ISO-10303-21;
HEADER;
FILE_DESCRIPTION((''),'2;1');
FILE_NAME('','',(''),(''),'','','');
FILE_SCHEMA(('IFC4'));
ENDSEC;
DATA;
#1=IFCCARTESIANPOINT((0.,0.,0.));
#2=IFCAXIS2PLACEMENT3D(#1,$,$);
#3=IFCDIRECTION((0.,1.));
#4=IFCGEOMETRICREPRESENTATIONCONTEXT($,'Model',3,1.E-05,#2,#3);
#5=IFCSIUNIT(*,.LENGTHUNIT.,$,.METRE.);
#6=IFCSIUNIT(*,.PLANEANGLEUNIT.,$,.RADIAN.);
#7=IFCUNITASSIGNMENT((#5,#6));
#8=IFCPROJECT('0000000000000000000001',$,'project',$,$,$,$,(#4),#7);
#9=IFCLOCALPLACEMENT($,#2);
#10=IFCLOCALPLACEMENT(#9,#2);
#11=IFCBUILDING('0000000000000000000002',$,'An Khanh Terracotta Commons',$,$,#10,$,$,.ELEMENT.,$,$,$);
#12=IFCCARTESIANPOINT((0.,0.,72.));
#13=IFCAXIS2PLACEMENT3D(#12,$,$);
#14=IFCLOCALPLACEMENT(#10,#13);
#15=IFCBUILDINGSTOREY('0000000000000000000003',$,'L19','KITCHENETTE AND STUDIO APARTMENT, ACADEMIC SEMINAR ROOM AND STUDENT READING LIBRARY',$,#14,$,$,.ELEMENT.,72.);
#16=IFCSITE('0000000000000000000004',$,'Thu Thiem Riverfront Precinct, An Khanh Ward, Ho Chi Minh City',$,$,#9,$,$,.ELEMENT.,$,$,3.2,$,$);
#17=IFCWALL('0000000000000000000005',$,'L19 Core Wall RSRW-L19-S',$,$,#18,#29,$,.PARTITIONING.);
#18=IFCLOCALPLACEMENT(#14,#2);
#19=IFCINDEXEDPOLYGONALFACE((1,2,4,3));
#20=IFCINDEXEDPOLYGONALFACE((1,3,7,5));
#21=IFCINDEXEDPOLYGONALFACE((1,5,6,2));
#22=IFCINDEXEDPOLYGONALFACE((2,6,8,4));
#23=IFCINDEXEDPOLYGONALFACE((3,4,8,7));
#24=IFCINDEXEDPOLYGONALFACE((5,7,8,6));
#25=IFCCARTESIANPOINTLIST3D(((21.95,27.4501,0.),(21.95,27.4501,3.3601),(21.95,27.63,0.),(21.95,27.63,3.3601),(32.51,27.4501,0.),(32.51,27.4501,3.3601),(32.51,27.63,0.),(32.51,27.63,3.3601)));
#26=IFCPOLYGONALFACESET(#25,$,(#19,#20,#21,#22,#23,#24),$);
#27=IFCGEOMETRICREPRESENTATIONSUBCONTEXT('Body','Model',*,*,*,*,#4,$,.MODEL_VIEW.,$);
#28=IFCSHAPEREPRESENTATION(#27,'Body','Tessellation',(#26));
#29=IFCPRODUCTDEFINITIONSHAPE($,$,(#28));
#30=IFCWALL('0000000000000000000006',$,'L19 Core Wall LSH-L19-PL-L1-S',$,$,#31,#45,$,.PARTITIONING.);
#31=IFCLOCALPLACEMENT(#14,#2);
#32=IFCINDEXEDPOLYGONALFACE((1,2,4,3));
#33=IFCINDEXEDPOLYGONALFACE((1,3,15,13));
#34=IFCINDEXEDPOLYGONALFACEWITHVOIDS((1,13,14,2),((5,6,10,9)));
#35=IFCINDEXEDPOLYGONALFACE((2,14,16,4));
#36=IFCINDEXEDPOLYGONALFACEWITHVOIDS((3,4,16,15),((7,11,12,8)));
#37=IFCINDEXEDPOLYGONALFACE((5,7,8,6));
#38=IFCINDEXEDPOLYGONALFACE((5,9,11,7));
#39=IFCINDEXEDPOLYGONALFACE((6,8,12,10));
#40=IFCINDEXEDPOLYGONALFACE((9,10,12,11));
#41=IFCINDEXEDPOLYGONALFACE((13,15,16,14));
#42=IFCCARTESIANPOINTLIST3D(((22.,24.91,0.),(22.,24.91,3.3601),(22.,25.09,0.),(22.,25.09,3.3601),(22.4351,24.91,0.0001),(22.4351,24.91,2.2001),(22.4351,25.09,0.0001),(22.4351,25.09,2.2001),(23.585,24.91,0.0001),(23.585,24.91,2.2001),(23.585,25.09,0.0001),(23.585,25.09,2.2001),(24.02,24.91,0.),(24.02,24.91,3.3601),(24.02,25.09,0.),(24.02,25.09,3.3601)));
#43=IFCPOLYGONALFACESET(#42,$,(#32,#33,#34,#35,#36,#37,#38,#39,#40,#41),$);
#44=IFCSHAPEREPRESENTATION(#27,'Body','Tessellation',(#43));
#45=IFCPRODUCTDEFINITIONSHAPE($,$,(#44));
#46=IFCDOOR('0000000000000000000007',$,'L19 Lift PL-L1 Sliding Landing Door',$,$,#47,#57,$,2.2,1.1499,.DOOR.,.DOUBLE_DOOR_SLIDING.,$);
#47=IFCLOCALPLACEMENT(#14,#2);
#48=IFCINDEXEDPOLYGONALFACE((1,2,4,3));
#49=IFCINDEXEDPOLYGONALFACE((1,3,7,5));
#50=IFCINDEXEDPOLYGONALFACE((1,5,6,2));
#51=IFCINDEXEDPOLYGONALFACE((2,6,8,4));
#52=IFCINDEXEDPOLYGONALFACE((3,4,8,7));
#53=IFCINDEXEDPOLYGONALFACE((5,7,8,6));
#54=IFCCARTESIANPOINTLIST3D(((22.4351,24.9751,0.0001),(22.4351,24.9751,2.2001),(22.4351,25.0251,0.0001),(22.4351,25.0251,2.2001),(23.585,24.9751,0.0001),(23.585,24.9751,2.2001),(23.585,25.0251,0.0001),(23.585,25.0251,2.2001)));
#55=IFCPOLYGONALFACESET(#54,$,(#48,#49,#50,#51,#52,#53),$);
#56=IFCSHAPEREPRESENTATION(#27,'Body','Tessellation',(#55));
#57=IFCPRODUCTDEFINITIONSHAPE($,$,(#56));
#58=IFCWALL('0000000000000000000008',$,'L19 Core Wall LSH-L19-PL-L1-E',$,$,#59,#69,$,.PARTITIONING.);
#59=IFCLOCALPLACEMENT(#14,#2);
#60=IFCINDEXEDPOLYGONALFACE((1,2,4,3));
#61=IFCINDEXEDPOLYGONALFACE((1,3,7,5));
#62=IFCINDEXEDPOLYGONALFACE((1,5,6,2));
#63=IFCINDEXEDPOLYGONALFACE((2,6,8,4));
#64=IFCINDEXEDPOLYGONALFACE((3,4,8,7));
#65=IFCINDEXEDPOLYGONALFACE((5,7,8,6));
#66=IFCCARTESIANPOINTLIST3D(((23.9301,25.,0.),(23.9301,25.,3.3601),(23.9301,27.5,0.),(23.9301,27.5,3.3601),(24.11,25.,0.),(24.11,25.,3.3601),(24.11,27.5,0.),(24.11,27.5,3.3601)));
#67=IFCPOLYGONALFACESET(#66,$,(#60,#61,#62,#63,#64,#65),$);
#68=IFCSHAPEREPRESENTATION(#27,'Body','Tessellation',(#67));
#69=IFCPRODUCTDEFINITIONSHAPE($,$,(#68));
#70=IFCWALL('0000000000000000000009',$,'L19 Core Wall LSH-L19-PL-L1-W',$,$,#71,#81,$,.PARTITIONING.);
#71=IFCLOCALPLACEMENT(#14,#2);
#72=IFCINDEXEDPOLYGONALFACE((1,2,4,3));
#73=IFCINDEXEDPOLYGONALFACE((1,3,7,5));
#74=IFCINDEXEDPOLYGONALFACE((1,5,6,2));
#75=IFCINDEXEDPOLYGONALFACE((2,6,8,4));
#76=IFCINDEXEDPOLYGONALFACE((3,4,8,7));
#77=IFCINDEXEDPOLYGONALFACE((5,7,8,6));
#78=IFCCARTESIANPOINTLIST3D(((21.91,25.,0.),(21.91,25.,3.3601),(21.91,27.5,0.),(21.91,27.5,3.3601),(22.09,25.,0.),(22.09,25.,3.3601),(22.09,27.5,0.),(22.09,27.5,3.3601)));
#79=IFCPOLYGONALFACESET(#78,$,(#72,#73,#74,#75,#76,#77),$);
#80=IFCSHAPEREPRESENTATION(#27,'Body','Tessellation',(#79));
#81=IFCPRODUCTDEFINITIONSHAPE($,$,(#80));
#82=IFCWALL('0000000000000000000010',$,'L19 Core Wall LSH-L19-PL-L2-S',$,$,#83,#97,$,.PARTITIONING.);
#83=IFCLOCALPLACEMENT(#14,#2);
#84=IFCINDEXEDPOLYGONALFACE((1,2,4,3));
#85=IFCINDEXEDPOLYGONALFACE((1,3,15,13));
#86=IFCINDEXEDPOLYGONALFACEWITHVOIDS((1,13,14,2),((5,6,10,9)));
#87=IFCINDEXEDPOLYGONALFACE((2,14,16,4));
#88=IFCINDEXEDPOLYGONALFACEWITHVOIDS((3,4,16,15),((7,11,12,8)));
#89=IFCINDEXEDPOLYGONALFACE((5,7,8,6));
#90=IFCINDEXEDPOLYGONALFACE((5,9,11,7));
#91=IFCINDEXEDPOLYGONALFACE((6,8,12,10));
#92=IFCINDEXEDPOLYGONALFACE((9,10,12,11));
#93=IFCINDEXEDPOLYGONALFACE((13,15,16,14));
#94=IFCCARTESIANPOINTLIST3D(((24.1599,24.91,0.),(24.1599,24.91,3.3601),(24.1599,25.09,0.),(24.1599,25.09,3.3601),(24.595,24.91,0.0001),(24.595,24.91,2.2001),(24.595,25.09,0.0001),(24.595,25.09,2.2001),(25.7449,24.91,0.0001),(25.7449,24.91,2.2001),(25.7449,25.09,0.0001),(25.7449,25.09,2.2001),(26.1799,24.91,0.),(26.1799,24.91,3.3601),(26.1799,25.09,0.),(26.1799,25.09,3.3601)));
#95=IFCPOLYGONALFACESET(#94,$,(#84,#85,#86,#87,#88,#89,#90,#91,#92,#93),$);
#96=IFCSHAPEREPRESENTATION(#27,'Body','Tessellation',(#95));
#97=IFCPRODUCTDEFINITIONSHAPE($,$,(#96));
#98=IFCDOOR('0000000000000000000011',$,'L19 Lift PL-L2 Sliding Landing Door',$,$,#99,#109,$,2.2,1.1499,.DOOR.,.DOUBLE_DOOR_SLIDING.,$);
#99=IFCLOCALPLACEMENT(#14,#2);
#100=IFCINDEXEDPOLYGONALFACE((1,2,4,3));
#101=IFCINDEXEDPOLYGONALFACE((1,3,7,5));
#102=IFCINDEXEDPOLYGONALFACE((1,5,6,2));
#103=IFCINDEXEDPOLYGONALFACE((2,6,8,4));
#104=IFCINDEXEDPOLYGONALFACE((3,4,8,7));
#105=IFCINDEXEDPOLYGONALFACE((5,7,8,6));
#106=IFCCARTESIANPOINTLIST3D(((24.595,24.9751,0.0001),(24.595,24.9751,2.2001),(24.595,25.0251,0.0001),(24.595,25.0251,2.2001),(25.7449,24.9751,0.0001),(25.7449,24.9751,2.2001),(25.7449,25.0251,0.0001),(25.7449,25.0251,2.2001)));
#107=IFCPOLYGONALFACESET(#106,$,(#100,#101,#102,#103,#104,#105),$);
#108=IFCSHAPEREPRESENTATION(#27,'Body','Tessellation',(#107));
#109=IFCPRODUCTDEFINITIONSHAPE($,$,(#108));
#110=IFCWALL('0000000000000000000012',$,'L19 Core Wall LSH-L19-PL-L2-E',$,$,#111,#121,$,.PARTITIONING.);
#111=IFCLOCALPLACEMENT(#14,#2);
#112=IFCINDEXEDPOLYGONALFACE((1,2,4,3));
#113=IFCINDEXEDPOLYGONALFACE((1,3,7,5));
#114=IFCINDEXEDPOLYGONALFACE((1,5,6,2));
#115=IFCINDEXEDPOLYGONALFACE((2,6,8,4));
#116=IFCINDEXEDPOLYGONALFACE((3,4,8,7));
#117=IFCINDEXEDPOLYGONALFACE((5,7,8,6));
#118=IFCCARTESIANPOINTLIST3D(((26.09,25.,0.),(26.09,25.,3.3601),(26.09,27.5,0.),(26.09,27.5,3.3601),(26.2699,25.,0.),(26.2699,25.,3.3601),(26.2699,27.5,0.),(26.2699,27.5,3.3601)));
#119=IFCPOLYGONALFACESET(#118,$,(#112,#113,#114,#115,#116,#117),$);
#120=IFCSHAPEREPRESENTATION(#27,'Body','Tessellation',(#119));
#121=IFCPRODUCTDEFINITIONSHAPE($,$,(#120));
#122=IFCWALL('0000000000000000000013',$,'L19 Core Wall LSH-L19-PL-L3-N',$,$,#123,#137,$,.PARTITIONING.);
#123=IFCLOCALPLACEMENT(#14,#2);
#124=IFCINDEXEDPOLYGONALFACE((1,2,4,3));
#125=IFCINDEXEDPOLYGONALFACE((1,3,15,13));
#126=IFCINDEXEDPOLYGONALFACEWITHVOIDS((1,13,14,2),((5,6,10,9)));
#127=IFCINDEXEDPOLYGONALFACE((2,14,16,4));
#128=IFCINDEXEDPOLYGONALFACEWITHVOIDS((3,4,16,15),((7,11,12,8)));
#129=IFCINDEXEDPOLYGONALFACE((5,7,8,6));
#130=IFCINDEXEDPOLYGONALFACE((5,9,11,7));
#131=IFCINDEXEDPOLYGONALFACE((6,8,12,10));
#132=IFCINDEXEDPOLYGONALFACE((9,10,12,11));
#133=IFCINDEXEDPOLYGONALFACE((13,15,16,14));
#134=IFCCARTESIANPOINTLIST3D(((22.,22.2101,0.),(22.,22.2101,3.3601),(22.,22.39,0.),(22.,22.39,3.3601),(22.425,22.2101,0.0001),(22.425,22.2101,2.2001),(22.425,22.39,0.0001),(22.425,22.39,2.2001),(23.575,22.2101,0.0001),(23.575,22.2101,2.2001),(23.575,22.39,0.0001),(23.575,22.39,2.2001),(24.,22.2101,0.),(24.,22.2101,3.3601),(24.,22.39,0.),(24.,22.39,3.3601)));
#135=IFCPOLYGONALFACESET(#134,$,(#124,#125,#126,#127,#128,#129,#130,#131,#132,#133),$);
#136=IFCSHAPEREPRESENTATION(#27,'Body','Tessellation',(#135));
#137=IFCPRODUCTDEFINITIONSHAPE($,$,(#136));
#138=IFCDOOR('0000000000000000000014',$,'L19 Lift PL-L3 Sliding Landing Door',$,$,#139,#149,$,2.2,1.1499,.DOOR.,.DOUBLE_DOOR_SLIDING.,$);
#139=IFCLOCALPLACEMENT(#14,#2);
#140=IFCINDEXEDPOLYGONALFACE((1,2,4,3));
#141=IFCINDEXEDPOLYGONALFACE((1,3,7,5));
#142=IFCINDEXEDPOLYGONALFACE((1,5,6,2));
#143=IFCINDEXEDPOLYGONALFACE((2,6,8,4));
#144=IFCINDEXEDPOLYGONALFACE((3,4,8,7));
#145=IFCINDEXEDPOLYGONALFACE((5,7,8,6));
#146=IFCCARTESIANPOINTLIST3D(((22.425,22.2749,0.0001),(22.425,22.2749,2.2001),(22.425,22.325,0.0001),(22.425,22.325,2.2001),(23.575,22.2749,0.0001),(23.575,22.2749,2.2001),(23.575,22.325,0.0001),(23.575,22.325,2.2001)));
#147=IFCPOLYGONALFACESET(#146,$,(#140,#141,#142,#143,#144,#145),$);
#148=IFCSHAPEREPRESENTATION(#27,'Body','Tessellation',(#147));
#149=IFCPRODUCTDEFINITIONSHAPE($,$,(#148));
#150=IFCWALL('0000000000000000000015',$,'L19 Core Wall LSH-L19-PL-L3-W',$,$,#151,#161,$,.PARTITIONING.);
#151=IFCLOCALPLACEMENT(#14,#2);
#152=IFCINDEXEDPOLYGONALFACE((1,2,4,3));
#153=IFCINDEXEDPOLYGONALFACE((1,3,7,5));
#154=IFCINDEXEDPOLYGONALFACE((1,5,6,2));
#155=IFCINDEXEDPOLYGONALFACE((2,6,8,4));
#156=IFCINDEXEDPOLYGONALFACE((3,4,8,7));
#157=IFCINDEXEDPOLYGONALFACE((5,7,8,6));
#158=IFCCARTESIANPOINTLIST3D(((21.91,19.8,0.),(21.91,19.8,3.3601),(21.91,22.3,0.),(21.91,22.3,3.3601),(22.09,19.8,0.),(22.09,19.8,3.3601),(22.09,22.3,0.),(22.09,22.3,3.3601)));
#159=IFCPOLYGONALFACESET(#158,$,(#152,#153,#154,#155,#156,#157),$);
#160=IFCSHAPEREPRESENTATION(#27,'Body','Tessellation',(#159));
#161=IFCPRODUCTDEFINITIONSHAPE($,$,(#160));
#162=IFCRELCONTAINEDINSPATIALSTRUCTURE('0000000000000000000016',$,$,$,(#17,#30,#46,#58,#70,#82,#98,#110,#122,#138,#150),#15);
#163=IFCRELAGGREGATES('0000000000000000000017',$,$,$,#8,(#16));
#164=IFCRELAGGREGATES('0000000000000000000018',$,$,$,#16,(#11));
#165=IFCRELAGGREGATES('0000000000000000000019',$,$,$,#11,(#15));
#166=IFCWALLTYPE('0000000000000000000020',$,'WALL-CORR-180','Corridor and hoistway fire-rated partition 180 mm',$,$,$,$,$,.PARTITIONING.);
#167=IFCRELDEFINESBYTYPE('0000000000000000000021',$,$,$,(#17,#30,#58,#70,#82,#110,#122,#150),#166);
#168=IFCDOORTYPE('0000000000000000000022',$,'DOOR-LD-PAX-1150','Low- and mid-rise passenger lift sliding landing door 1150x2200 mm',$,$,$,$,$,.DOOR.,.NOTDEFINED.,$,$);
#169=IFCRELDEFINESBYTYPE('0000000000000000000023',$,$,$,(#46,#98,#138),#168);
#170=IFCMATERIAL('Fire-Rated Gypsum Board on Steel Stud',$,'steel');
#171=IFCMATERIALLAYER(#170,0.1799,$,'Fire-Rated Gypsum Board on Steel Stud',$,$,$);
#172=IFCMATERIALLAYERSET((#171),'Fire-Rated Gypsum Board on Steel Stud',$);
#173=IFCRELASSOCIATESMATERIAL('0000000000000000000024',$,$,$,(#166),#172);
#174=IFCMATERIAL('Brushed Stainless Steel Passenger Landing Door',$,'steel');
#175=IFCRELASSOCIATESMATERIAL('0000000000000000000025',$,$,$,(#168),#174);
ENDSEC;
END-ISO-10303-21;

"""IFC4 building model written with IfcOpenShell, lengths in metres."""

from ifc_helpers import new_model, si_unit, direction, frame, frame_2d, origin, place, context, subcontext, project, spatial, rectangle, extrude, material, layer, layer_set, type_object, element, fill, save


model = new_model("IFC4")

# Units and contexts
model_context = context("Model", 3, precision=1e-05, world=origin(), true_north=direction((0.0, 1.0)))
body_context = subcontext(model_context, "Body", "Model", "MODEL_VIEW")
ifc_project = project(units=[si_unit("LENGTHUNIT", "METRE"), si_unit("PLANEANGLEUNIT", "RADIAN")], contexts=[model_context])

# Site, building, storey
site_placement = place(None, origin())
site = spatial("IfcSite", under=ifc_project, at=site_placement, Name="Thu Thiem Riverfront Precinct, An Khanh Ward, Ho Chi Minh City", CompositionType="ELEMENT", RefElevation=3.2)
building_placement = place(site_placement, origin())
building = spatial("IfcBuilding", under=site, at=building_placement, Name="An Khanh Terracotta Commons", CompositionType="ELEMENT")
storey_placement = place(building_placement, frame((0.0, 0.0, 72.0)))
storey = spatial("IfcBuildingStorey", under=building, at=storey_placement, Name="L19", Description="KITCHENETTE AND STUDIO APARTMENT, ACADEMIC SEMINAR ROOM AND STUDENT READING LIBRARY", CompositionType="ELEMENT", Elevation=72.0)

# Wall
ifc_material_1 = material(Name="Fire-Rated Gypsum Board on Steel Stud", Category="steel")
ifc_layer_1 = layer(ifc_material_1, 0.1799, Name="Fire-Rated Gypsum Board on Steel Stud")
ifc_layer_set_1 = layer_set([ifc_layer_1], Name="Fire-Rated Gypsum Board on Steel Stud")
wall_type_1 = type_object("IfcWallType", Name="WALL-CORR-180", Description="Corridor and hoistway fire-rated partition 180 mm", PredefinedType="PARTITIONING", material=ifc_layer_set_1)
wall_1_placement = place(storey_placement, frame((21.95, 27.54, 0.0), z_axis=(0.0, 0.0, 1.0), x_axis=(1.0, 0.0, 0.0)))
element("IfcWall", 1, at=wall_1_placement, inside=storey, type_object=wall_type_1, Name="L19 Core Wall RSRW-L19-S", PredefinedType="PARTITIONING", context=body_context, shape_type="SweptSolid", body=[
    extrude(rectangle(XDim=10.5601, YDim=0.1799, at=frame_2d((5.28, 0.0))), origin(), (0.0, 0.0, 1.0), 3.3601),
])

# Wall, opening, door
wall_2_placement = place(storey_placement, frame((24.02, 25.0, 0.0), z_axis=(0.0, 0.0, 1.0), x_axis=(-1.0, 0.0, 0.0)))
wall_2 = element("IfcWall", 2, at=wall_2_placement, inside=storey, type_object=wall_type_1, Name="L19 Core Wall LSH-L19-PL-L1-S", PredefinedType="PARTITIONING", context=body_context, shape_type="SweptSolid", body=[
    extrude(rectangle(XDim=2.02, YDim=0.1799, at=frame_2d((1.01, 0.0))), origin(), (0.0, 0.0, 1.0), 3.3601),
])
opening_1_placement = place(wall_2_placement, frame((0.4351, 0.0, 0.0)))
opening_1 = element("IfcOpeningElement", 3, at=opening_1_placement, cuts=wall_2, PredefinedType="OPENING", context=body_context, shape_type="SweptSolid", body=[
    extrude(rectangle(XDim=1.1499, YDim=2.2, at=frame_2d((0.575, 1.1001))), frame((0.0, 0.0999, 0.0), z_axis=(0.0, -1.0, 0.0), x_axis=(1.0, 0.0, 0.0)), (0.0, 0.0, 1.0), 0.2),
])
ifc_material_2 = material(Name="Brushed Stainless Steel Passenger Landing Door", Category="steel")
door_type_1 = type_object("IfcDoorType", Name="DOOR-LD-PAX-1150", Description="Low- and mid-rise passenger lift sliding landing door 1150x2200 mm", OperationType="NOTDEFINED", PredefinedType="DOOR", material=ifc_material_2)
door_1_placement = place(opening_1_placement, origin())
door_1 = element("IfcDoor", 4, at=door_1_placement, inside=storey, type_object=door_type_1, Name="L19 Lift PL-L1 Sliding Landing Door", OperationType="DOUBLE_DOOR_SLIDING", OverallHeight=2.2, OverallWidth=1.1499, PredefinedType="DOOR", context=body_context, shape_type="SweptSolid", body=[
    extrude(rectangle(XDim=1.1499, YDim=2.2, at=frame_2d((0.575, 1.1001))), frame((0.0, 0.0249, 0.0), z_axis=(0.0, -1.0, 0.0), x_axis=(1.0, 0.0, 0.0)), (0.0, 0.0, 1.0), 0.05),
])
fill(opening_1, door_1)

# Walls
for number, where, z_axis, x_axis, name in (
    (5, (24.02, 25.0, 0.0), (0.0, 0.0, 1.0), (0.0, 1.0, 0.0), "L19 Core Wall LSH-L19-PL-L1-E"),
    (6, (22.0, 27.5, 0.0), (0.0, 0.0, 1.0), (0.0, -1.0, 0.0), "L19 Core Wall LSH-L19-PL-L1-W"),
):
    element("IfcWall", number, at=place(storey_placement, frame(where, z_axis=z_axis, x_axis=x_axis)), inside=storey, type_object=wall_type_1, Name=name, PredefinedType="PARTITIONING", context=body_context, shape_type="SweptSolid", body=[
        extrude(rectangle(XDim=2.5, YDim=0.1799, at=frame_2d((1.25, 0.0))), origin(), (0.0, 0.0, 1.0), 3.3601),
    ])

# Wall, opening, door
wall_3_placement = place(storey_placement, frame((26.1799, 25.0, 0.0), z_axis=(0.0, 0.0, 1.0), x_axis=(-1.0, 0.0, 0.0)))
wall_3 = element("IfcWall", 7, at=wall_3_placement, inside=storey, type_object=wall_type_1, Name="L19 Core Wall LSH-L19-PL-L2-S", PredefinedType="PARTITIONING", context=body_context, shape_type="SweptSolid", body=[
    extrude(rectangle(XDim=2.02, YDim=0.1799, at=frame_2d((1.01, 0.0))), origin(), (0.0, 0.0, 1.0), 3.3601),
])
opening_2_placement = place(wall_3_placement, frame((0.4351, 0.0, 0.0)))
opening_2 = element("IfcOpeningElement", 8, at=opening_2_placement, cuts=wall_3, PredefinedType="OPENING", context=body_context, shape_type="SweptSolid", body=[
    extrude(rectangle(XDim=1.1499, YDim=2.2, at=frame_2d((0.575, 1.1001))), frame((0.0, 0.0999, 0.0), z_axis=(0.0, -1.0, 0.0), x_axis=(1.0, 0.0, 0.0)), (0.0, 0.0, 1.0), 0.2),
])
door_2_placement = place(opening_2_placement, origin())
door_2 = element("IfcDoor", 9, at=door_2_placement, inside=storey, type_object=door_type_1, Name="L19 Lift PL-L2 Sliding Landing Door", OperationType="DOUBLE_DOOR_SLIDING", OverallHeight=2.2, OverallWidth=1.1499, PredefinedType="DOOR", context=body_context, shape_type="SweptSolid", body=[
    extrude(rectangle(XDim=1.1499, YDim=2.2, at=frame_2d((0.575, 1.1001))), frame((0.0, 0.0249, 0.0), z_axis=(0.0, -1.0, 0.0), x_axis=(1.0, 0.0, 0.0)), (0.0, 0.0, 1.0), 0.05),
])
fill(opening_2, door_2)

# Wall
wall_4_placement = place(storey_placement, frame((26.1799, 25.0, 0.0), z_axis=(0.0, 0.0, 1.0), x_axis=(0.0, 1.0, 0.0)))
element("IfcWall", 10, at=wall_4_placement, inside=storey, type_object=wall_type_1, Name="L19 Core Wall LSH-L19-PL-L2-E", PredefinedType="PARTITIONING", context=body_context, shape_type="SweptSolid", body=[
    extrude(rectangle(XDim=2.5, YDim=0.1799, at=frame_2d((1.25, 0.0))), origin(), (0.0, 0.0, 1.0), 3.3601),
])

# Wall, opening, door
wall_5_placement = place(storey_placement, frame((22.0, 22.3, 0.0), z_axis=(0.0, 0.0, 1.0), x_axis=(1.0, 0.0, 0.0)))
wall_5 = element("IfcWall", 11, at=wall_5_placement, inside=storey, type_object=wall_type_1, Name="L19 Core Wall LSH-L19-PL-L3-N", PredefinedType="PARTITIONING", context=body_context, shape_type="SweptSolid", body=[
    extrude(rectangle(XDim=2.0, YDim=0.1799, at=frame_2d((1.0, 0.0))), origin(), (0.0, 0.0, 1.0), 3.3601),
])
opening_3_placement = place(wall_5_placement, frame((0.425, 0.0, 0.0)))
opening_3 = element("IfcOpeningElement", 12, at=opening_3_placement, cuts=wall_5, PredefinedType="OPENING", context=body_context, shape_type="SweptSolid", body=[
    extrude(rectangle(XDim=1.1499, YDim=2.2, at=frame_2d((0.575, 1.1001))), frame((0.0, 0.0999, 0.0), z_axis=(0.0, -1.0, 0.0), x_axis=(1.0, 0.0, 0.0)), (0.0, 0.0, 1.0), 0.2),
])
door_3_placement = place(opening_3_placement, origin())
door_3 = element("IfcDoor", 13, at=door_3_placement, inside=storey, type_object=door_type_1, Name="L19 Lift PL-L3 Sliding Landing Door", OperationType="DOUBLE_DOOR_SLIDING", OverallHeight=2.2, OverallWidth=1.1499, PredefinedType="DOOR", context=body_context, shape_type="SweptSolid", body=[
    extrude(rectangle(XDim=1.1499, YDim=2.2, at=frame_2d((0.575, 1.1001))), frame((0.0, 0.0249, 0.0), z_axis=(0.0, -1.0, 0.0), x_axis=(1.0, 0.0, 0.0)), (0.0, 0.0, 1.0), 0.05),
])
fill(opening_3, door_3)

# Wall
wall_6_placement = place(storey_placement, frame((22.0, 22.3, 0.0), z_axis=(0.0, 0.0, 1.0), x_axis=(0.0, -1.0, 0.0)))
element("IfcWall", 14, at=wall_6_placement, inside=storey, type_object=wall_type_1, Name="L19 Core Wall LSH-L19-PL-L3-W", PredefinedType="PARTITIONING", context=body_context, shape_type="SweptSolid", body=[
    extrude(rectangle(XDim=2.5, YDim=0.1799, at=frame_2d((1.25, 0.0))), origin(), (0.0, 0.0, 1.0), 3.3601),
])

save(model, "model.ifc")
